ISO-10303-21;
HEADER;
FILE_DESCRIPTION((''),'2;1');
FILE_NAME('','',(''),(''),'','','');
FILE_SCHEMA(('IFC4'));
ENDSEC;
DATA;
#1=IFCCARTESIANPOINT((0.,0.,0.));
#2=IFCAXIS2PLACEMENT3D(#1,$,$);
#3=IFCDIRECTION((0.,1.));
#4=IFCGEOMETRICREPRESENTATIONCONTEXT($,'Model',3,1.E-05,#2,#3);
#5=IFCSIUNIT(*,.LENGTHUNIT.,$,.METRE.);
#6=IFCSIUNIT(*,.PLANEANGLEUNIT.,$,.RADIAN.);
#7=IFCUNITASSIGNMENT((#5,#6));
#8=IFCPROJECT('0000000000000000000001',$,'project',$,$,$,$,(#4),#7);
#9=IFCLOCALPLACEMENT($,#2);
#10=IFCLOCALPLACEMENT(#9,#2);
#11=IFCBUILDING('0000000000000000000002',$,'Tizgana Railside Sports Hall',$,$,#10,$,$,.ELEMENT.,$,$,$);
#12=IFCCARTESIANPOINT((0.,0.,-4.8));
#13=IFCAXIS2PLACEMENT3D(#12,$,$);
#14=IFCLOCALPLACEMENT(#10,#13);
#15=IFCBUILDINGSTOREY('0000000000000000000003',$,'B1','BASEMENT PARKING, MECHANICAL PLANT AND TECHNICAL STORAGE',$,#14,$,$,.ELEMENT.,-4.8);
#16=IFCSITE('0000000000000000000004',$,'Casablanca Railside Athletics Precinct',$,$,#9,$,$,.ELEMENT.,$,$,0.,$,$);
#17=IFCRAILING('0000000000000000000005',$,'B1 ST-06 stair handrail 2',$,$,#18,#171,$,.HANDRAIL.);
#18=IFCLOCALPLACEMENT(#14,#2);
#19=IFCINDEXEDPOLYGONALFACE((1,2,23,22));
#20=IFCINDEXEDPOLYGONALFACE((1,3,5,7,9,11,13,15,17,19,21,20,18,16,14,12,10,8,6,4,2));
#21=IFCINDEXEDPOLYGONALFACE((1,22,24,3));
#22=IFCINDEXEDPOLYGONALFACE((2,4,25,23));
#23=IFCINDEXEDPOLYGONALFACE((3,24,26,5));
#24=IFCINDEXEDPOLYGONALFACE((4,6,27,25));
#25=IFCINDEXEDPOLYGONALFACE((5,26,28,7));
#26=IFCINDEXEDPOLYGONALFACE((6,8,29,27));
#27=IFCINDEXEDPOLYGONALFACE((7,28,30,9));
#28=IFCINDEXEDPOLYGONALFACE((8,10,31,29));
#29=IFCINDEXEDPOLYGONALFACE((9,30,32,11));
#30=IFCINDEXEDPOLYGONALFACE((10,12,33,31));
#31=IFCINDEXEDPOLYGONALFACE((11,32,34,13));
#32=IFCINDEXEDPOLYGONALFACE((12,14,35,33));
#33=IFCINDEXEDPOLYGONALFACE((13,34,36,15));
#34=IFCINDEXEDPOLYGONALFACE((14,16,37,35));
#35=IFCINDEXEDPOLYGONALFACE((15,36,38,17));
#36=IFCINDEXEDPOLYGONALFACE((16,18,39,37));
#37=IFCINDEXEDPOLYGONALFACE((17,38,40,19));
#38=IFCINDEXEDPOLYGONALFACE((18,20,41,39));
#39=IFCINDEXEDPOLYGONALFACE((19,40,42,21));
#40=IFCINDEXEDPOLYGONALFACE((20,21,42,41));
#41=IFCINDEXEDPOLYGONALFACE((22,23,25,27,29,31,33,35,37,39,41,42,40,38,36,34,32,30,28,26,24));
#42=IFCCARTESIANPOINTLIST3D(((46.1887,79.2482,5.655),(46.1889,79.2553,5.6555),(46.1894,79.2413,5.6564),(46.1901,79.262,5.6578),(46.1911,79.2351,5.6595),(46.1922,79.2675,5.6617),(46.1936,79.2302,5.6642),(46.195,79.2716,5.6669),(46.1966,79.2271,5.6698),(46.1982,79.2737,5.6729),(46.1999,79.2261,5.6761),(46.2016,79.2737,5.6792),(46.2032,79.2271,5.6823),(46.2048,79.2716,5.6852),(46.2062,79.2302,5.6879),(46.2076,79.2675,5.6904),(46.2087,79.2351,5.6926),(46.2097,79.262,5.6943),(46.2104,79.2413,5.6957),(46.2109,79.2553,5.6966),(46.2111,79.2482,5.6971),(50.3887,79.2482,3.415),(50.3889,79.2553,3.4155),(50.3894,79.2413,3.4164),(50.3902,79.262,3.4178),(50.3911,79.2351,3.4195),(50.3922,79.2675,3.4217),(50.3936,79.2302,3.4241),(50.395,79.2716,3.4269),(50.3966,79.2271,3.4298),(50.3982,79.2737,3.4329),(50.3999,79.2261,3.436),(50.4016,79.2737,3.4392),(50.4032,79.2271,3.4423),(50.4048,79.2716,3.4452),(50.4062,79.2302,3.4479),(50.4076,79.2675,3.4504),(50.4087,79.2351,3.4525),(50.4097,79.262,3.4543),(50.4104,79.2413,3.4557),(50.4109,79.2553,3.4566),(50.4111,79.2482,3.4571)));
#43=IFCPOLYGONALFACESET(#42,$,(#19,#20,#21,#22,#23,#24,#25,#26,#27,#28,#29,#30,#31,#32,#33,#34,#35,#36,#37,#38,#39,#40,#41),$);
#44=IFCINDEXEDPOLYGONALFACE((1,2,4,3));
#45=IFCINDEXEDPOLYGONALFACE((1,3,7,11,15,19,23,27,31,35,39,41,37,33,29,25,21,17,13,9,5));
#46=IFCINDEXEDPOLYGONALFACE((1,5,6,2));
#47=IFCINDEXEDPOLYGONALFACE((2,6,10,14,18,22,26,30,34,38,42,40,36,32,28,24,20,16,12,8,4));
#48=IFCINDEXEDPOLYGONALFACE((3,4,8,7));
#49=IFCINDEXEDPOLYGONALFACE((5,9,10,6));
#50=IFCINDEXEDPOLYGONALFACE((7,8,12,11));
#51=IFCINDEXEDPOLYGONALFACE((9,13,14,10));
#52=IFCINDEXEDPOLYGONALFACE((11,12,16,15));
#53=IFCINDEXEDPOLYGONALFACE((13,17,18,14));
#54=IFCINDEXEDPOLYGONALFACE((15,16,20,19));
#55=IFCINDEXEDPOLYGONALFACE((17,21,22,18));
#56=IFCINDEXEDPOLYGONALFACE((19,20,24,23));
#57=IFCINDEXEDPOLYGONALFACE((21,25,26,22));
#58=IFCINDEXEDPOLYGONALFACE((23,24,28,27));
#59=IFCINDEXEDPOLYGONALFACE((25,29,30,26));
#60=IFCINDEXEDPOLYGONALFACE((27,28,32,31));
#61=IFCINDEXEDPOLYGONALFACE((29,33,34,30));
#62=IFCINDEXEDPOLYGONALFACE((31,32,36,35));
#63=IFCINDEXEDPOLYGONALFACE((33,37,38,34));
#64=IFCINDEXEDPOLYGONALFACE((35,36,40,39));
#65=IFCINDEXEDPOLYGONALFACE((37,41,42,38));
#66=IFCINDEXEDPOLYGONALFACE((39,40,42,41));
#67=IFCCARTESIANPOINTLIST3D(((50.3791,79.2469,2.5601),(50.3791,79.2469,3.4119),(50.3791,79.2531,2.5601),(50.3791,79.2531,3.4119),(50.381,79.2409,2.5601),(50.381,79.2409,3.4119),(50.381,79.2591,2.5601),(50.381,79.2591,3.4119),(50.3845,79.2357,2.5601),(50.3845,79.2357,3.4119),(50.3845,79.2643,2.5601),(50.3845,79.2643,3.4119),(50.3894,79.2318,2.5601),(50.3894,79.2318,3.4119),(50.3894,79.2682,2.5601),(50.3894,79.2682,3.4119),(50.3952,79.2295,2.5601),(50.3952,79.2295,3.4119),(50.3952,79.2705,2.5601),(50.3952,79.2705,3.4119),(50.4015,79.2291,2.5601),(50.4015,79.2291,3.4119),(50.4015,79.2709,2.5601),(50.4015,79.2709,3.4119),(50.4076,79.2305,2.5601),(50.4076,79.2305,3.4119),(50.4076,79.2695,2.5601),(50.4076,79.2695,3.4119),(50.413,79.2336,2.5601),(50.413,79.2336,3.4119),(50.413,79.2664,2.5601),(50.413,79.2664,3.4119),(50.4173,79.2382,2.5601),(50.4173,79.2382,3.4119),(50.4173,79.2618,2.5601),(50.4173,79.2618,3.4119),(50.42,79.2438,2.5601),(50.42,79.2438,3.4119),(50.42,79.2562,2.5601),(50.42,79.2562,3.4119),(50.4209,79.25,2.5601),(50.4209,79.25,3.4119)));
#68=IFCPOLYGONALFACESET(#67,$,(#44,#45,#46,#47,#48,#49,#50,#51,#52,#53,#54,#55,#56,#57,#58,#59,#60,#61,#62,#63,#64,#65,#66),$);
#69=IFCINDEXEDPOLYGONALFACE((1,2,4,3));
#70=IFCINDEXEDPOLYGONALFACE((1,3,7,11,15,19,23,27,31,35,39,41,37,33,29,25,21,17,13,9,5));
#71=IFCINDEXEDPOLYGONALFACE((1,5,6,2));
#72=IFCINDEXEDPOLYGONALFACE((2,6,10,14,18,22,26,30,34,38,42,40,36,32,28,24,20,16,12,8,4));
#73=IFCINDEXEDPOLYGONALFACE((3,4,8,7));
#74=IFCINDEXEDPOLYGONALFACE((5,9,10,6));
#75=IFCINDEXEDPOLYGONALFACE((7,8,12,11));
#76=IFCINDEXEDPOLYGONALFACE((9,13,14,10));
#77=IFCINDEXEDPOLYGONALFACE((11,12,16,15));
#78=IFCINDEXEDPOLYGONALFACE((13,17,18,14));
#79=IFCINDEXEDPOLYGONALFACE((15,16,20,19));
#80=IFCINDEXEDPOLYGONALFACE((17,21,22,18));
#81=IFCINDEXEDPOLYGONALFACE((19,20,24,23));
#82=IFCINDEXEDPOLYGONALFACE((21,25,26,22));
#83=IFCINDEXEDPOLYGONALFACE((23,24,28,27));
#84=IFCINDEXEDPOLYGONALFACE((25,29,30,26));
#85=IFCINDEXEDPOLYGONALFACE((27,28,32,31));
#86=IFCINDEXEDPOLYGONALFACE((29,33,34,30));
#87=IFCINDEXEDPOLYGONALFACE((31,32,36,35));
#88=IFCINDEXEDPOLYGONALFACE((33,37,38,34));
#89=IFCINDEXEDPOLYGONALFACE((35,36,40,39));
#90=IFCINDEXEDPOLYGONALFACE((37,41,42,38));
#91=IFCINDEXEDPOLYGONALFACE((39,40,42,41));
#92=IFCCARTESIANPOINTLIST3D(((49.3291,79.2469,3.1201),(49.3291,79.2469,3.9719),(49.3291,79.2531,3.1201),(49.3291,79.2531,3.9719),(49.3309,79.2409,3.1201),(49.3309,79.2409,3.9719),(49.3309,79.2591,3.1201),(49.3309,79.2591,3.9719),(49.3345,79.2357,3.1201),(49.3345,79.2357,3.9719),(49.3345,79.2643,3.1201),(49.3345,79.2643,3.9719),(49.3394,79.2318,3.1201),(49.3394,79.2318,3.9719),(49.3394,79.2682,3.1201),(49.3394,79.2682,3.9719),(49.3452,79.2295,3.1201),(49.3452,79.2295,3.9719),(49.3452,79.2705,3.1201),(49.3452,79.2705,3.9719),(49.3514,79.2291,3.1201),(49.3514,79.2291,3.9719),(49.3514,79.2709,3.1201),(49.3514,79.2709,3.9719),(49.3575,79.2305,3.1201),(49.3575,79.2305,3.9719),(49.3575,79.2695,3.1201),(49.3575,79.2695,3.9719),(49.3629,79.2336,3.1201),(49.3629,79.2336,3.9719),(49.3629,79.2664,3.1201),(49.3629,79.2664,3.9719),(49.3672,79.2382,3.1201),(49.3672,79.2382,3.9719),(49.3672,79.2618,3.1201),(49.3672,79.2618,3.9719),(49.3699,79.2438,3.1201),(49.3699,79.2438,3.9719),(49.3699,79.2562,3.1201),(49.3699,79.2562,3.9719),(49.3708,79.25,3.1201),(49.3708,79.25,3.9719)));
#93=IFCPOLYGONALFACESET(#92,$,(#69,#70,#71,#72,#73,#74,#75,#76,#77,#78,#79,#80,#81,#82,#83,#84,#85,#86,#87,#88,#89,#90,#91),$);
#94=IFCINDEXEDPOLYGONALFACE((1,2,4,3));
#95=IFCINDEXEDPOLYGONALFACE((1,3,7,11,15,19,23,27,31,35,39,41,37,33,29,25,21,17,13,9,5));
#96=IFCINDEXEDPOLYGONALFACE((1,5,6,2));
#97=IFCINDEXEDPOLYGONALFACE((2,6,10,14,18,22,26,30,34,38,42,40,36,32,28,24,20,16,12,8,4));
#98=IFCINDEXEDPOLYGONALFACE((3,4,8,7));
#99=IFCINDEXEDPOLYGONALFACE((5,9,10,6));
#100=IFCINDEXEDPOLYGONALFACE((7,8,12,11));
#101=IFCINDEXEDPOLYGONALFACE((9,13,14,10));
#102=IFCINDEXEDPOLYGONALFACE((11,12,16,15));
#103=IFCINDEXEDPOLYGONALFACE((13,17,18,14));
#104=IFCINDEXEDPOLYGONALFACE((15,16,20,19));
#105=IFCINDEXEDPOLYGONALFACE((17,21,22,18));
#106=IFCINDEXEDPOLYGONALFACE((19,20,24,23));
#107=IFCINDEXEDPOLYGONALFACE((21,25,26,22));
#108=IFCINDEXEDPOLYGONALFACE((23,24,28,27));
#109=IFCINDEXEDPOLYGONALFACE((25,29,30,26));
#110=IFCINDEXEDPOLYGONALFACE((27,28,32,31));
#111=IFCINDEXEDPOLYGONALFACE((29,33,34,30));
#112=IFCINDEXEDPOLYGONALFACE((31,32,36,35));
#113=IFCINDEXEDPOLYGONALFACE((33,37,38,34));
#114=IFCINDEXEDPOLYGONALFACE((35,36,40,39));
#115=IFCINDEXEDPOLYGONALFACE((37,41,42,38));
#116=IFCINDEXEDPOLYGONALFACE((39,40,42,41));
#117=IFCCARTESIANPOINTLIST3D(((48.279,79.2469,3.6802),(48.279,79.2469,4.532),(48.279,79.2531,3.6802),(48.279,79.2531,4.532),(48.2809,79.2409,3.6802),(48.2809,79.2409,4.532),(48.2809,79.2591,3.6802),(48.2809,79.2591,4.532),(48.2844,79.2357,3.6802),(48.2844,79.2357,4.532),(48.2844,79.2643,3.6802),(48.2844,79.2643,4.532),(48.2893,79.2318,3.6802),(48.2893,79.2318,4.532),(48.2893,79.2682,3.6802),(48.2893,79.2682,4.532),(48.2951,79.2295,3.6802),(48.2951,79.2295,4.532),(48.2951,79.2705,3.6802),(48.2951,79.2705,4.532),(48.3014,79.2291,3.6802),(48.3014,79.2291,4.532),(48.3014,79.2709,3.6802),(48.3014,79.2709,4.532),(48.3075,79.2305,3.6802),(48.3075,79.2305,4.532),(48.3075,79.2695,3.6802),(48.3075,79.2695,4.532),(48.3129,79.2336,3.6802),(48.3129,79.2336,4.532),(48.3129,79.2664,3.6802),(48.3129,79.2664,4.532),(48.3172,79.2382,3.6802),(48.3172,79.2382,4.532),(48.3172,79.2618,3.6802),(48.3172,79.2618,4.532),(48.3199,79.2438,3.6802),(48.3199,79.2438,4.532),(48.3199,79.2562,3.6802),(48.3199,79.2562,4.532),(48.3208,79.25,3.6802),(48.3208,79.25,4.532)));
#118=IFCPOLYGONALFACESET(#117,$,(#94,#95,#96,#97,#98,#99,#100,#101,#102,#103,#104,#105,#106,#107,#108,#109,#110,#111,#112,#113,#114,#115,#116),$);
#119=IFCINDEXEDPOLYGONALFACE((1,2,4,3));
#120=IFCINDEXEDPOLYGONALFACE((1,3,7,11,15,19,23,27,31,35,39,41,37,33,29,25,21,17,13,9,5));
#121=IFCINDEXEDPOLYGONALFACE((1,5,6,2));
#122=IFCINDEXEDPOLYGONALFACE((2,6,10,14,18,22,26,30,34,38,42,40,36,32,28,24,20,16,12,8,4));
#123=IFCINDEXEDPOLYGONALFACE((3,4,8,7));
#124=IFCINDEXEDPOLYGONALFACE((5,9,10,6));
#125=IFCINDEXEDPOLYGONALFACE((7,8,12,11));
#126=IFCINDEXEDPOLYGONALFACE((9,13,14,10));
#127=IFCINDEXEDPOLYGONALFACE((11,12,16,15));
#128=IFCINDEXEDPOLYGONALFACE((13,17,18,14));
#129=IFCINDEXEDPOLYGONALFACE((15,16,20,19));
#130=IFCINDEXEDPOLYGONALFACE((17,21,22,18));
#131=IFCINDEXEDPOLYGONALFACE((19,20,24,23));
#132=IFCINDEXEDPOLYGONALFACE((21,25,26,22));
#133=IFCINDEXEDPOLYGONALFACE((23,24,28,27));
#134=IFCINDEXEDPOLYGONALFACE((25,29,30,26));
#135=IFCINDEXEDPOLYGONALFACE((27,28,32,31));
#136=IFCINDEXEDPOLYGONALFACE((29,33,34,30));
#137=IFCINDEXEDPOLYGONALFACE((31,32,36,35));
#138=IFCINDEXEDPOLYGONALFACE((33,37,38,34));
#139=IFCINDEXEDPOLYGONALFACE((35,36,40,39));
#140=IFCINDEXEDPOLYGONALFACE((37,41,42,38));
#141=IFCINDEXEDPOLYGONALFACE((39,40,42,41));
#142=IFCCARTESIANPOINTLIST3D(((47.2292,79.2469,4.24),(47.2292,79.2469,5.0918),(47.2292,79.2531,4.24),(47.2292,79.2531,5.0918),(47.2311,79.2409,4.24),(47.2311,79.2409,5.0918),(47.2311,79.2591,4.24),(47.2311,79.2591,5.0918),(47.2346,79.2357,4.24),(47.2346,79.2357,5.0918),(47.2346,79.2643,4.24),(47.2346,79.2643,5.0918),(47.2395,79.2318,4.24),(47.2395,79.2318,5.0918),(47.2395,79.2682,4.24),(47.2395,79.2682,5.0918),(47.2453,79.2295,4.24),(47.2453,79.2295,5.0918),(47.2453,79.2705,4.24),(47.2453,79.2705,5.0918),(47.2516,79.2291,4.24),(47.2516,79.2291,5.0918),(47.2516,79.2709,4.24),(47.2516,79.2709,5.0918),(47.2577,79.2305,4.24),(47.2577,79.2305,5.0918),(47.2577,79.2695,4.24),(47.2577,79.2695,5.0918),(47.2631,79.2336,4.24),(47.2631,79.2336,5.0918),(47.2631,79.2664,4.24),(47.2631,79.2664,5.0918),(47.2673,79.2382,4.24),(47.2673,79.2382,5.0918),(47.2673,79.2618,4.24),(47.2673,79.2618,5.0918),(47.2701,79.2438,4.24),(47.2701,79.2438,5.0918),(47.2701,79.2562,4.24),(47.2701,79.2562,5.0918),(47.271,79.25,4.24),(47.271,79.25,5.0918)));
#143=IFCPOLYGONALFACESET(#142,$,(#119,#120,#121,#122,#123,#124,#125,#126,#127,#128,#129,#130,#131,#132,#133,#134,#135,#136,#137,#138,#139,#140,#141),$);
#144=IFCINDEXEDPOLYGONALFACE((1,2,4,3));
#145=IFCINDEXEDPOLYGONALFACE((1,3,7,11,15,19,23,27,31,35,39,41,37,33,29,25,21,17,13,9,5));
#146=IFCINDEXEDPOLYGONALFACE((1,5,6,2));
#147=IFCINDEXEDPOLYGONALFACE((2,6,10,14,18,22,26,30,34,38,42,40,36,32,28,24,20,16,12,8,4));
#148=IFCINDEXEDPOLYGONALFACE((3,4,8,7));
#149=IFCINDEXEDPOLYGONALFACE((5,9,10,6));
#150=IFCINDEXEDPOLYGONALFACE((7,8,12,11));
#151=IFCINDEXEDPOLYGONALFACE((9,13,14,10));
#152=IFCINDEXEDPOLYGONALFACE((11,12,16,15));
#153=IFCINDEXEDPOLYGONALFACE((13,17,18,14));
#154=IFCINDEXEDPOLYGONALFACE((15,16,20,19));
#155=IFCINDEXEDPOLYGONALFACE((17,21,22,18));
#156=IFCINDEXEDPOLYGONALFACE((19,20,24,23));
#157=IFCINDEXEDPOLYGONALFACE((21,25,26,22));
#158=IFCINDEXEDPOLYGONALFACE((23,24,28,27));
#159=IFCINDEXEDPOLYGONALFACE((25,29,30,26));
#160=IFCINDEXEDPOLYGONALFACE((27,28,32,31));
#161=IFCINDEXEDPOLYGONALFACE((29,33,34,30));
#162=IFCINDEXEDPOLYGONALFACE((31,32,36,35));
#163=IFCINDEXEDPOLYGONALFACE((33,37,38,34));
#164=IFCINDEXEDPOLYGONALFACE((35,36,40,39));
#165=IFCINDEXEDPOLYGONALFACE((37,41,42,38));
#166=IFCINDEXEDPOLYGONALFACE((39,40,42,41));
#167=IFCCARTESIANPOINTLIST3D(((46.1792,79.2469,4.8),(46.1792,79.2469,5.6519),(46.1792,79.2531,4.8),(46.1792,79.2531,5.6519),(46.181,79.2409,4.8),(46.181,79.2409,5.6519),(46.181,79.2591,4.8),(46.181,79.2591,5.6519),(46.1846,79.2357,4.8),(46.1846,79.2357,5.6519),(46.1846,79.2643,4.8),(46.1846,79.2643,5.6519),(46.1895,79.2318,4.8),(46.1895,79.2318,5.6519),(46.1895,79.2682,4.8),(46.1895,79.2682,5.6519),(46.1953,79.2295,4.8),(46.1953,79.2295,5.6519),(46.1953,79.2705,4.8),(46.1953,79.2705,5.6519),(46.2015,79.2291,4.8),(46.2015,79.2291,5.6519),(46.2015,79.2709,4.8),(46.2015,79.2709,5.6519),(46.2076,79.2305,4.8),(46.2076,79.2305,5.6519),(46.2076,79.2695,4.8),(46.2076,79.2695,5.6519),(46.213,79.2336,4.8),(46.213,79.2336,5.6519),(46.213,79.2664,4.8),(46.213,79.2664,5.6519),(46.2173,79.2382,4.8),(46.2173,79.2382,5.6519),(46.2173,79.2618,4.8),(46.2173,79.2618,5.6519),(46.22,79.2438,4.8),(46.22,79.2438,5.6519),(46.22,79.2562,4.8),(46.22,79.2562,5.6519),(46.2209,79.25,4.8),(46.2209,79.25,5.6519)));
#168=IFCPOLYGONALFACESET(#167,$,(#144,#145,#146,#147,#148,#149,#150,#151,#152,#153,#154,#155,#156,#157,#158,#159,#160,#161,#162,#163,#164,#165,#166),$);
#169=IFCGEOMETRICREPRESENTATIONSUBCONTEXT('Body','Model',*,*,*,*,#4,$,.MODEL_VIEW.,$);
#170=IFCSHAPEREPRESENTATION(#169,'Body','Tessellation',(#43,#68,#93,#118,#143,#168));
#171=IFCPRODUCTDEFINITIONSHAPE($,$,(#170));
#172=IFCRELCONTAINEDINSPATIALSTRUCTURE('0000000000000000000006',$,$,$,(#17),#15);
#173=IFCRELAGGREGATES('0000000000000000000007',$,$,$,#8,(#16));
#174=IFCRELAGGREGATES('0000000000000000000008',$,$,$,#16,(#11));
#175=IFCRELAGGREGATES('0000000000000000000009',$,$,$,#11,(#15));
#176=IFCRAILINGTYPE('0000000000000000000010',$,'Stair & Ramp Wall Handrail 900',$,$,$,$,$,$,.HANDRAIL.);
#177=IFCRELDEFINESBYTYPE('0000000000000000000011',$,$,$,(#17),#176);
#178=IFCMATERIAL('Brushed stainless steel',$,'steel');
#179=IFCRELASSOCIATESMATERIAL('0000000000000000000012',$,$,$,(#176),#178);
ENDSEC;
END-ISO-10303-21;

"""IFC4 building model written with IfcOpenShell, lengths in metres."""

from ifc_helpers import new_model, si_unit, direction, frame, origin, origin_2d, place, context, subcontext, project, spatial, circle, extrude, material, type_object, element, save


model = new_model("IFC4")

# Units and contexts
model_context = context("Model", 3, precision=1e-05, world=origin(), true_north=direction((0.0, 1.0)))
body_context = subcontext(model_context, "Body", "Model", "MODEL_VIEW")
ifc_project = project(units=[si_unit("LENGTHUNIT", "METRE"), si_unit("PLANEANGLEUNIT", "RADIAN")], contexts=[model_context])

# Site, building, storey
site_placement = place(None, origin())
site = spatial("IfcSite", under=ifc_project, at=site_placement, Name="Casablanca Railside Athletics Precinct", CompositionType="ELEMENT", RefElevation=0.0)
building_placement = place(site_placement, origin())
building = spatial("IfcBuilding", under=site, at=building_placement, Name="Tizgana Railside Sports Hall", CompositionType="ELEMENT")
storey_placement = place(building_placement, frame((0.0, 0.0, -4.8)))
storey = spatial("IfcBuildingStorey", under=building, at=storey_placement, Name="B1", Description="BASEMENT PARKING, MECHANICAL PLANT AND TECHNICAL STORAGE", CompositionType="ELEMENT", Elevation=-4.8)

# Railing
ifc_material_1 = material(Name="Brushed stainless steel", Category="steel")
railing_type_1 = type_object("IfcRailingType", Name="Stair & Ramp Wall Handrail 900", PredefinedType="HANDRAIL", material=ifc_material_1)
railing_1_placement = place(storey_placement, frame((50.3999, 79.25, 2.5601)))
element("IfcRailing", 1, at=railing_1_placement, inside=storey, type_object=railing_type_1, Name="B1 ST-06 stair handrail 2", PredefinedType="HANDRAIL", context=body_context, shape_type="SweptSolid", body=[
    extrude(circle(Radius=0.0239, at=origin_2d()), frame((0.0, 0.0, 0.876), z_axis=(-0.882352, 0.0, 0.470591), x_axis=(0.0, -1.0, 0.0)), (0.0, 0.0, 1.0), 4.76),
    extrude(circle(Radius=0.021, at=origin_2d()), origin(), (0.0, 0.0, 1.0), 0.8518),
    extrude(circle(Radius=0.021, at=origin_2d()), frame((-1.05, 0.0, 0.5601)), (0.0, 0.0, 1.0), 0.8518),
    extrude(circle(Radius=0.021, at=origin_2d()), frame((-2.1001, 0.0, 1.1201)), (0.0, 0.0, 1.0), 0.8518),
    extrude(circle(Radius=0.021, at=origin_2d()), frame((-3.1499, 0.0, 1.6799)), (0.0, 0.0, 1.0), 0.8518),
    extrude(circle(Radius=0.021, at=origin_2d()), frame((-4.2, 0.0, 2.24)), (0.0, 0.0, 1.0), 0.8518),
])

save(model, "model.ifc")
